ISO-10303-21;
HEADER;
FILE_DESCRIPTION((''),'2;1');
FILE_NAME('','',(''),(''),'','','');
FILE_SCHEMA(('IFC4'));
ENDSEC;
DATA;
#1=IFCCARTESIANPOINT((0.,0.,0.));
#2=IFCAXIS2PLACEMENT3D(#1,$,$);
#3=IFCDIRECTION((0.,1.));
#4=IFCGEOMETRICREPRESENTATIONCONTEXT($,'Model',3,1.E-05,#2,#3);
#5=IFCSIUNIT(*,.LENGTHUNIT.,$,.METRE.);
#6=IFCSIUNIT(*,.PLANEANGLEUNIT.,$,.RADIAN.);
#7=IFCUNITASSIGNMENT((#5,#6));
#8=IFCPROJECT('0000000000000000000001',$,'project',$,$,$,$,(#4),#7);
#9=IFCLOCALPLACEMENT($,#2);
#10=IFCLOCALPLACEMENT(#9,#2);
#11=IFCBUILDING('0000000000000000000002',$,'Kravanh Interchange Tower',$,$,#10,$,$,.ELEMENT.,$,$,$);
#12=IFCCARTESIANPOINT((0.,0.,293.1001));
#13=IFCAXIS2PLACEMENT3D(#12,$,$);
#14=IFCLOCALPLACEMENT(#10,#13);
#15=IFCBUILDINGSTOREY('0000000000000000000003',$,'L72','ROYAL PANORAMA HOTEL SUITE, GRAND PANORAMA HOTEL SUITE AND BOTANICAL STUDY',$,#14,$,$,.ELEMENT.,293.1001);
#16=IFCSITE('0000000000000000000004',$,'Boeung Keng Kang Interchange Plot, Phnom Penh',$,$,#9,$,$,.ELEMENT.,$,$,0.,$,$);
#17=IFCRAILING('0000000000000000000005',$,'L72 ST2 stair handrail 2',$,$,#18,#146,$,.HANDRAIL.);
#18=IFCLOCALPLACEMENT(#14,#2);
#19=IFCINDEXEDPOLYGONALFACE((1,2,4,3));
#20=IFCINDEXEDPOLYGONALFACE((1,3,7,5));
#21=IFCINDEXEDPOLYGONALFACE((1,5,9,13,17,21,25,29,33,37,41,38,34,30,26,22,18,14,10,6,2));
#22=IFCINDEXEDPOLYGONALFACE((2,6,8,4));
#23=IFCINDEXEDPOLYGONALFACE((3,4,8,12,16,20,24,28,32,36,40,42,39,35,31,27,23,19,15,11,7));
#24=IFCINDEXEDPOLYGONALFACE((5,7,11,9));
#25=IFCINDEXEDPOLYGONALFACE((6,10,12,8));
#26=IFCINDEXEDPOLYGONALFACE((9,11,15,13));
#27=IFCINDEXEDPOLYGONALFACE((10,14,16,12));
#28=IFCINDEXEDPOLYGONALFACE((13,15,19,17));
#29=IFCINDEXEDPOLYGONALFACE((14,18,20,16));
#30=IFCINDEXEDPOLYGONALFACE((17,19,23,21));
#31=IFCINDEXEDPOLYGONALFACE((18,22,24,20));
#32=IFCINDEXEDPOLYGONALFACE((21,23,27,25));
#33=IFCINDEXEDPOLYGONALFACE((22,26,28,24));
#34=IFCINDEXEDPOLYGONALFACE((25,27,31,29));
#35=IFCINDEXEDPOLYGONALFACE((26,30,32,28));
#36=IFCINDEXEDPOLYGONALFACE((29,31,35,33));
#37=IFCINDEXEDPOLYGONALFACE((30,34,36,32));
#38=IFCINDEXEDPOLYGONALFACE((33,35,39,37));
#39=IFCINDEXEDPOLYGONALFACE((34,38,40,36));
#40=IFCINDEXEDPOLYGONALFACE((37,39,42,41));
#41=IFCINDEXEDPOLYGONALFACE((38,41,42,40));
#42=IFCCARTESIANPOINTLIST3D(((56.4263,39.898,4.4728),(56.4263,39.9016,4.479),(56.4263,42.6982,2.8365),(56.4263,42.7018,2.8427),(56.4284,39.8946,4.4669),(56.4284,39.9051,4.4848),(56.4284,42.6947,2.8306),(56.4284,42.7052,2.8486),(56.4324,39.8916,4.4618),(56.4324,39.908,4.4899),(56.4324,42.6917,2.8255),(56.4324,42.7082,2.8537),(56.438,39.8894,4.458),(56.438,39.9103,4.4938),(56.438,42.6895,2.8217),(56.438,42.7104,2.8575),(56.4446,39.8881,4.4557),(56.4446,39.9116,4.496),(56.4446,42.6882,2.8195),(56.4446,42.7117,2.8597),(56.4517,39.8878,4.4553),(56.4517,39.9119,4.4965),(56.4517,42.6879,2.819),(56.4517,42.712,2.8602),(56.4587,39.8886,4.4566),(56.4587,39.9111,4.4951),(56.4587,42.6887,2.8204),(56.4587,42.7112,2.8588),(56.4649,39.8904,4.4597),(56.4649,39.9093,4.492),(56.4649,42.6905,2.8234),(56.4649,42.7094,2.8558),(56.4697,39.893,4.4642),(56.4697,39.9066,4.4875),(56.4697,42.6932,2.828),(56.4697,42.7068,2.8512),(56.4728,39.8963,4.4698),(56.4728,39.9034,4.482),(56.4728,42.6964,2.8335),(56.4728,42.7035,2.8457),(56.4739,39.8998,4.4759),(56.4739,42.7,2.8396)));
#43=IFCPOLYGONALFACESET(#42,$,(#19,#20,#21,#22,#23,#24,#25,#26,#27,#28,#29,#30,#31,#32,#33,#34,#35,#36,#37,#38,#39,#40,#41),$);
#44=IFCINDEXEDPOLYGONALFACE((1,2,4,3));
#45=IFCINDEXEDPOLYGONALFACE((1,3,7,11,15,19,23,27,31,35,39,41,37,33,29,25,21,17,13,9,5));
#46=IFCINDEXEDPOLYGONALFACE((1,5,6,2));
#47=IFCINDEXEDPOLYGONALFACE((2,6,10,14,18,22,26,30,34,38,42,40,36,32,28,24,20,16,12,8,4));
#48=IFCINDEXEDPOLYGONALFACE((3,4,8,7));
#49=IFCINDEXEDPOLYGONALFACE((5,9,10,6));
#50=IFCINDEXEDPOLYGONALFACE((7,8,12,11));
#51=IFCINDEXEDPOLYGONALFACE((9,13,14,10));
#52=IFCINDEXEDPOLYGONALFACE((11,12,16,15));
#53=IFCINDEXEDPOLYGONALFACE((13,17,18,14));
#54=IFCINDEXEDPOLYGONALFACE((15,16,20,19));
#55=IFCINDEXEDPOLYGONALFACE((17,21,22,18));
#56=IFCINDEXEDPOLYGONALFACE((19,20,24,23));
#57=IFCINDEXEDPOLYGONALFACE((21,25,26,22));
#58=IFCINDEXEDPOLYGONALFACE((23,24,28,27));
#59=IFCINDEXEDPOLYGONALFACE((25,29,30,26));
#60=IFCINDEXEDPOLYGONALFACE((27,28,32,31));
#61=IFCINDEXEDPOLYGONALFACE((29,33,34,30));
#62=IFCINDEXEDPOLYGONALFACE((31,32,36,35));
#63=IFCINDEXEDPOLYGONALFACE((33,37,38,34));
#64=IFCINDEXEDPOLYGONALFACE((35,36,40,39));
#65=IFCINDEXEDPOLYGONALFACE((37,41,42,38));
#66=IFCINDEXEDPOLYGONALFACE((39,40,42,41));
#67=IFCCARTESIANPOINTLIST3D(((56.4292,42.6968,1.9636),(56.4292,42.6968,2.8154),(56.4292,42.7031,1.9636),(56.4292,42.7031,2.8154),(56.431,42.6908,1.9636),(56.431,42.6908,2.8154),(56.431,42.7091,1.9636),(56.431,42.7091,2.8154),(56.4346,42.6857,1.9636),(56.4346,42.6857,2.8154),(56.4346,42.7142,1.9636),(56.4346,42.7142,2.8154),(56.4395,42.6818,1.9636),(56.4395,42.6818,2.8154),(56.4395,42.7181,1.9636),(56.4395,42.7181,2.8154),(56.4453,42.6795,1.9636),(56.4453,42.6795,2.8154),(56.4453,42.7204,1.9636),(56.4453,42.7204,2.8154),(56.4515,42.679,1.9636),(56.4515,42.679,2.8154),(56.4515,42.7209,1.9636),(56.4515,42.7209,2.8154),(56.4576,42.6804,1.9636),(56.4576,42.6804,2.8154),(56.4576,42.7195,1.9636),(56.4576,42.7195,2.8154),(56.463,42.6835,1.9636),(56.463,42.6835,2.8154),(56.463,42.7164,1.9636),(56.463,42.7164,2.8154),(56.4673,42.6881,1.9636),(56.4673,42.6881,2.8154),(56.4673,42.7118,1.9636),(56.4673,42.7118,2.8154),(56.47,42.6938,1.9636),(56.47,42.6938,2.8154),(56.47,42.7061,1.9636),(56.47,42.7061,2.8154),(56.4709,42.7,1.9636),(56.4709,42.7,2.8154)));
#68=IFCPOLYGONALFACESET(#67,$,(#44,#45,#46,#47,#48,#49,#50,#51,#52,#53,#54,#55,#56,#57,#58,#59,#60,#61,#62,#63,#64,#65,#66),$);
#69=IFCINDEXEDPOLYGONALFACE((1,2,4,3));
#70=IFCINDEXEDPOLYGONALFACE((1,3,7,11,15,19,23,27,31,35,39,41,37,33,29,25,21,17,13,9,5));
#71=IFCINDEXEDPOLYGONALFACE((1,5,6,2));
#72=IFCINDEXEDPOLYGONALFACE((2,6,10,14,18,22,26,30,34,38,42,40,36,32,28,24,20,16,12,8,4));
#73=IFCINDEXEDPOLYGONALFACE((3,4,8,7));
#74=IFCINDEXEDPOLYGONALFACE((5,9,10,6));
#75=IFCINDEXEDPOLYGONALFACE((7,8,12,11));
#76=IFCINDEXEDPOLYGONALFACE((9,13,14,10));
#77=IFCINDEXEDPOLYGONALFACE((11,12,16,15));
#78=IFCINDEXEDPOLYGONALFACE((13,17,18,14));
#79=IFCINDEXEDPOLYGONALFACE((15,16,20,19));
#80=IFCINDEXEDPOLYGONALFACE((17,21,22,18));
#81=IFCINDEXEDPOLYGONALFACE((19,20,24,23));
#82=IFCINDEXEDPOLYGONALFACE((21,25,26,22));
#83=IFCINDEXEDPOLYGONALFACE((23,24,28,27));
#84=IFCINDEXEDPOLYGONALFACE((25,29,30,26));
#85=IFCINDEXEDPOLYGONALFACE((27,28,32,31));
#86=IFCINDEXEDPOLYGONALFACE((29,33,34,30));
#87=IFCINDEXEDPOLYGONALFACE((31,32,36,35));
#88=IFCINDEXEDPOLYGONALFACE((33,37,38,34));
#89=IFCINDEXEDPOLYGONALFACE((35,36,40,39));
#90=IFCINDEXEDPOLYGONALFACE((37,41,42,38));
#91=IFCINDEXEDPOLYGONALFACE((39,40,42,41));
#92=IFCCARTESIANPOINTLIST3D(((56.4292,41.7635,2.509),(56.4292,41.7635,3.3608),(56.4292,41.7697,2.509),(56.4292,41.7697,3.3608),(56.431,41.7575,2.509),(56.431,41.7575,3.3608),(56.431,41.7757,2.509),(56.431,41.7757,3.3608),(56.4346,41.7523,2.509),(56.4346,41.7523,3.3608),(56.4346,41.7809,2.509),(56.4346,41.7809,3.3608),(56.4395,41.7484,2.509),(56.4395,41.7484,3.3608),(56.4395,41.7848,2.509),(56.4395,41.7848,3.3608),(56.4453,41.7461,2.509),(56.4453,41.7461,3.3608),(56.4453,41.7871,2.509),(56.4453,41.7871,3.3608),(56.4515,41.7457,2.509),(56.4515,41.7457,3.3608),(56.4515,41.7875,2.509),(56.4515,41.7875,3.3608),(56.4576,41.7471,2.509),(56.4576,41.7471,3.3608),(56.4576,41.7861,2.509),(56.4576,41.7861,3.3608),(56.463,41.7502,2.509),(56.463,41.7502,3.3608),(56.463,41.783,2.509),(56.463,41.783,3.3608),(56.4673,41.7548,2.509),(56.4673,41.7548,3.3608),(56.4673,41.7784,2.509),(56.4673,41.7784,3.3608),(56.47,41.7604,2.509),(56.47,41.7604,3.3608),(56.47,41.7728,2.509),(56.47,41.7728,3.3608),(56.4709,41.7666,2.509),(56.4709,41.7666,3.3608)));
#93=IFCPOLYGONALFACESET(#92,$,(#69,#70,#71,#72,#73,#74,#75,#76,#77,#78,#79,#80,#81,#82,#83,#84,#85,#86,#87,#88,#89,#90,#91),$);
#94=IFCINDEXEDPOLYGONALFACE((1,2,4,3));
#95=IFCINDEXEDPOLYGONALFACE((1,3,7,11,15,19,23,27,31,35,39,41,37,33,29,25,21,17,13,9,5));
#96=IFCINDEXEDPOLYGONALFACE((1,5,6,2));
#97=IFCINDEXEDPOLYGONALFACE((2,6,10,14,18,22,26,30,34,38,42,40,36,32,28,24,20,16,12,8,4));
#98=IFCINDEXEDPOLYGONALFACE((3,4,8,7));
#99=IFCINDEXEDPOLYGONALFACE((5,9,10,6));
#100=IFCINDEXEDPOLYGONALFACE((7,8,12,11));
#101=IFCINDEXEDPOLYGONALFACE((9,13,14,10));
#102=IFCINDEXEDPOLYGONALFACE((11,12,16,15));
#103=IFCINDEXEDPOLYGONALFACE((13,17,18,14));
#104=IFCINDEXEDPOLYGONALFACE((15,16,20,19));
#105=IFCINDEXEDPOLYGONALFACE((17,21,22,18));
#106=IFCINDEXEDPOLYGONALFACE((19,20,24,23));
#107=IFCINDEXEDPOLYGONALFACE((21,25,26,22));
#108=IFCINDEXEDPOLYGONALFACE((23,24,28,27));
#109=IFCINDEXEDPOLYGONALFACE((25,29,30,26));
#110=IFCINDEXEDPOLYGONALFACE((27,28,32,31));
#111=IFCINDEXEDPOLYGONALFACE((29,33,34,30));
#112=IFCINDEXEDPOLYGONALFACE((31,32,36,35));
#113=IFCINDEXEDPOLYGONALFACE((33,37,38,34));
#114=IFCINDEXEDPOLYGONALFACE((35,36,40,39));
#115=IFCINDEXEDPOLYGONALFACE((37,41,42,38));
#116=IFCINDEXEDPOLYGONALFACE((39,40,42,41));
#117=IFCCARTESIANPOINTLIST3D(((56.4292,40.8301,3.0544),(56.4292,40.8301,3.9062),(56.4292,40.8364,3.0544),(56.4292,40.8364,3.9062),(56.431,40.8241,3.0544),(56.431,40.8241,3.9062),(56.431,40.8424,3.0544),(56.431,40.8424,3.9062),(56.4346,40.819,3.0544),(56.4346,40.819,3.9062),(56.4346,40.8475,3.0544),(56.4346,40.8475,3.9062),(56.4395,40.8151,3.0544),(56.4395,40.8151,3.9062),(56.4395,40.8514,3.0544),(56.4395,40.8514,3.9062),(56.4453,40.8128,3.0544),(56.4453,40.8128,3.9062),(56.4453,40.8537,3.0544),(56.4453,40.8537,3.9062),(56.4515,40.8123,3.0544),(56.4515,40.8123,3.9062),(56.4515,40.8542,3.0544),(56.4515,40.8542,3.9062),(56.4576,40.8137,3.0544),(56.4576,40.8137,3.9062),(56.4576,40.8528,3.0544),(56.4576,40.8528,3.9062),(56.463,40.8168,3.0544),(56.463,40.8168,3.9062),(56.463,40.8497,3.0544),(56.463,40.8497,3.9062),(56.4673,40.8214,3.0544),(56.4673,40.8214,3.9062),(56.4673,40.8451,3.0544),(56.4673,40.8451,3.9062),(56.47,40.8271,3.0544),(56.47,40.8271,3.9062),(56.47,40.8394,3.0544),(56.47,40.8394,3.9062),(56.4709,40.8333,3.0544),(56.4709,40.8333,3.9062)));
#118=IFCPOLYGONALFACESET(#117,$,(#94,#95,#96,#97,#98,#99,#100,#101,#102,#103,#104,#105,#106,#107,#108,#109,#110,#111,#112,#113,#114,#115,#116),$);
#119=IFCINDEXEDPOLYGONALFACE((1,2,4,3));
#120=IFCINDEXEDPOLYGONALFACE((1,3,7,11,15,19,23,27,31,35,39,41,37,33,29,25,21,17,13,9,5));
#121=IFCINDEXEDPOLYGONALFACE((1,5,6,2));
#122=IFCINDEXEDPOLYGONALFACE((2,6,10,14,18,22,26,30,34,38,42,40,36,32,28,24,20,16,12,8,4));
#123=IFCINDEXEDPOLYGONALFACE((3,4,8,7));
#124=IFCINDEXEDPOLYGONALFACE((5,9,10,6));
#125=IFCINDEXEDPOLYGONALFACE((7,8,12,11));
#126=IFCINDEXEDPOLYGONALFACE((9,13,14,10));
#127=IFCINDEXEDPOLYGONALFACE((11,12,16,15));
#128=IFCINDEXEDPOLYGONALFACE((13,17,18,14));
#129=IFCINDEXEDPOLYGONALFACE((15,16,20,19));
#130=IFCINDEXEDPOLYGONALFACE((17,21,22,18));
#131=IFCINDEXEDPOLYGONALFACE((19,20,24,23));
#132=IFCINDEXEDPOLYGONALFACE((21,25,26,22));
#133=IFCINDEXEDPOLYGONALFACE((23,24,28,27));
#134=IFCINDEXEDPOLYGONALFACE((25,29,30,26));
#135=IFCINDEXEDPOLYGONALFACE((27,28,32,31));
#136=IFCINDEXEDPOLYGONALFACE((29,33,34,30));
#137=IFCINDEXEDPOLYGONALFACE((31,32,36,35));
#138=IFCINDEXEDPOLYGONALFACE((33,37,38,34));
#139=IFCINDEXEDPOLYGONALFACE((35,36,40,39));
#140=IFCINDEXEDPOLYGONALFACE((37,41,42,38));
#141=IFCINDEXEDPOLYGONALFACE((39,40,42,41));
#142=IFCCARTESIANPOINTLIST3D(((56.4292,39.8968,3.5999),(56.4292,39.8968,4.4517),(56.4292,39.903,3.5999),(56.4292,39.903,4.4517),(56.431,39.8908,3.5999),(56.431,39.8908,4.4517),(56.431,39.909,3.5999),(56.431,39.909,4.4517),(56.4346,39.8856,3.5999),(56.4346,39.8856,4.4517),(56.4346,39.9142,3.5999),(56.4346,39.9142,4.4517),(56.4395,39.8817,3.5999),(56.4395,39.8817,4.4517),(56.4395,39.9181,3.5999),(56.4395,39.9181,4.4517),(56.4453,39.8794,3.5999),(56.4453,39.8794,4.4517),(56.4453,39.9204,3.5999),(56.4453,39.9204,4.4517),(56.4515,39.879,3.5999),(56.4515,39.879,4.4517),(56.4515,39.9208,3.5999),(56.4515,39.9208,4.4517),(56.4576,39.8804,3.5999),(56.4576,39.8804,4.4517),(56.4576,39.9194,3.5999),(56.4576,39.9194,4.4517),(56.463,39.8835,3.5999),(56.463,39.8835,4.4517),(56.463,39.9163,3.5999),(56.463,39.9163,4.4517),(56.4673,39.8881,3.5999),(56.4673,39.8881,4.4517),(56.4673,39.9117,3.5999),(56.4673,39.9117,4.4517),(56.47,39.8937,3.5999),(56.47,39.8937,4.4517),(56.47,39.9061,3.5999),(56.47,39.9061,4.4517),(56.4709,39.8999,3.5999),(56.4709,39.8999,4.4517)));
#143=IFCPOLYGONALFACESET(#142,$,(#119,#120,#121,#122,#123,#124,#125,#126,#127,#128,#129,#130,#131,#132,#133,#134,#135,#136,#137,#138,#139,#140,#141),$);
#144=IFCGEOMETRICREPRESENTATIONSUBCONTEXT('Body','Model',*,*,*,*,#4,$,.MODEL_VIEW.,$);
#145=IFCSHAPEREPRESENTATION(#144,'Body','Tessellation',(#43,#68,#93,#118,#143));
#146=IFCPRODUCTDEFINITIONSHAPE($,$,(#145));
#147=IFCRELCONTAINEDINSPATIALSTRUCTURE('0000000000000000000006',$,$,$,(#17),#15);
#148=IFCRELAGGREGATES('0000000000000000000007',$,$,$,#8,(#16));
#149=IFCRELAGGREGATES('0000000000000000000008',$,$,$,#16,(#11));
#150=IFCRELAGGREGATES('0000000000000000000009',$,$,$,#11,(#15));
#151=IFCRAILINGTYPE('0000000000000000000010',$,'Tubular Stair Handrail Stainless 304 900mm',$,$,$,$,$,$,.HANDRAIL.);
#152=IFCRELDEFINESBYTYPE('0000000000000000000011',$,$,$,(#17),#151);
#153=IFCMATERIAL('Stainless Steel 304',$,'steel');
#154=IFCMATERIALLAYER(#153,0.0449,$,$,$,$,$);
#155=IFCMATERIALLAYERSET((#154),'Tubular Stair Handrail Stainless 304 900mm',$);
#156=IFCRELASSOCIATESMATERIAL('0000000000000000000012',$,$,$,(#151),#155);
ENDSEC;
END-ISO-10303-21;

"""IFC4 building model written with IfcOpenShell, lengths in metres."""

from ifc_helpers import new_model, si_unit, direction, frame, origin, origin_2d, place, context, subcontext, project, spatial, circle, extrude, material, layer, layer_set, type_object, element, save


model = new_model("IFC4")

# Units and contexts
model_context = context("Model", 3, precision=1e-05, world=origin(), true_north=direction((0.0, 1.0)))
body_context = subcontext(model_context, "Body", "Model", "MODEL_VIEW")
ifc_project = project(units=[si_unit("LENGTHUNIT", "METRE"), si_unit("PLANEANGLEUNIT", "RADIAN")], contexts=[model_context])

# Site, building, storey
site_placement = place(None, origin())
site = spatial("IfcSite", under=ifc_project, at=site_placement, Name="Boeung Keng Kang Interchange Plot, Phnom Penh", CompositionType="ELEMENT", RefElevation=0.0)
building_placement = place(site_placement, origin())
building = spatial("IfcBuilding", under=site, at=building_placement, Name="Kravanh Interchange Tower", CompositionType="ELEMENT")
storey_placement = place(building_placement, frame((0.0, 0.0, 293.1001)))
storey = spatial("IfcBuildingStorey", under=building, at=storey_placement, Name="L72", Description="ROYAL PANORAMA HOTEL SUITE, GRAND PANORAMA HOTEL SUITE AND BOTANICAL STUDY", CompositionType="ELEMENT", Elevation=293.1001)

# Railing
ifc_material_1 = material(Name="Stainless Steel 304", Category="steel")
ifc_layer_1 = layer(ifc_material_1, 0.0449)
ifc_layer_set_1 = layer_set([ifc_layer_1], Name="Tubular Stair Handrail Stainless 304 900mm")
railing_type_1 = type_object("IfcRailingType", Name="Tubular Stair Handrail Stainless 304 900mm", PredefinedType="HANDRAIL", material=ifc_layer_set_1)
railing_1_placement = place(storey_placement, frame((56.45, 42.7, 1.9636)))
element("IfcRailing", 1, at=railing_1_placement, inside=storey, type_object=railing_type_1, Name="L72 ST2 stair handrail 2", PredefinedType="HANDRAIL", context=body_context, shape_type="SweptSolid", body=[
    extrude(circle(Radius=0.0239, at=origin_2d()), frame((0.0, 0.0, 0.876), z_axis=(0.0, -0.863394, 0.504531), x_axis=(1.0, 0.0, 0.0)), (0.0, 0.0, 1.0), 3.2432),
    extrude(circle(Radius=0.021, at=origin_2d()), origin(), (0.0, 0.0, 1.0), 0.8518),
    extrude(circle(Radius=0.021, at=origin_2d()), frame((0.0, -0.9333, 0.5454)), (0.0, 0.0, 1.0), 0.8518),
    extrude(circle(Radius=0.021, at=origin_2d()), frame((0.0, -1.8667, 1.0908)), (0.0, 0.0, 1.0), 0.8518),
    extrude(circle(Radius=0.021, at=origin_2d()), frame((0.0, -2.8, 1.6362)), (0.0, 0.0, 1.0), 0.8518),
])

save(model, "model.ifc")
